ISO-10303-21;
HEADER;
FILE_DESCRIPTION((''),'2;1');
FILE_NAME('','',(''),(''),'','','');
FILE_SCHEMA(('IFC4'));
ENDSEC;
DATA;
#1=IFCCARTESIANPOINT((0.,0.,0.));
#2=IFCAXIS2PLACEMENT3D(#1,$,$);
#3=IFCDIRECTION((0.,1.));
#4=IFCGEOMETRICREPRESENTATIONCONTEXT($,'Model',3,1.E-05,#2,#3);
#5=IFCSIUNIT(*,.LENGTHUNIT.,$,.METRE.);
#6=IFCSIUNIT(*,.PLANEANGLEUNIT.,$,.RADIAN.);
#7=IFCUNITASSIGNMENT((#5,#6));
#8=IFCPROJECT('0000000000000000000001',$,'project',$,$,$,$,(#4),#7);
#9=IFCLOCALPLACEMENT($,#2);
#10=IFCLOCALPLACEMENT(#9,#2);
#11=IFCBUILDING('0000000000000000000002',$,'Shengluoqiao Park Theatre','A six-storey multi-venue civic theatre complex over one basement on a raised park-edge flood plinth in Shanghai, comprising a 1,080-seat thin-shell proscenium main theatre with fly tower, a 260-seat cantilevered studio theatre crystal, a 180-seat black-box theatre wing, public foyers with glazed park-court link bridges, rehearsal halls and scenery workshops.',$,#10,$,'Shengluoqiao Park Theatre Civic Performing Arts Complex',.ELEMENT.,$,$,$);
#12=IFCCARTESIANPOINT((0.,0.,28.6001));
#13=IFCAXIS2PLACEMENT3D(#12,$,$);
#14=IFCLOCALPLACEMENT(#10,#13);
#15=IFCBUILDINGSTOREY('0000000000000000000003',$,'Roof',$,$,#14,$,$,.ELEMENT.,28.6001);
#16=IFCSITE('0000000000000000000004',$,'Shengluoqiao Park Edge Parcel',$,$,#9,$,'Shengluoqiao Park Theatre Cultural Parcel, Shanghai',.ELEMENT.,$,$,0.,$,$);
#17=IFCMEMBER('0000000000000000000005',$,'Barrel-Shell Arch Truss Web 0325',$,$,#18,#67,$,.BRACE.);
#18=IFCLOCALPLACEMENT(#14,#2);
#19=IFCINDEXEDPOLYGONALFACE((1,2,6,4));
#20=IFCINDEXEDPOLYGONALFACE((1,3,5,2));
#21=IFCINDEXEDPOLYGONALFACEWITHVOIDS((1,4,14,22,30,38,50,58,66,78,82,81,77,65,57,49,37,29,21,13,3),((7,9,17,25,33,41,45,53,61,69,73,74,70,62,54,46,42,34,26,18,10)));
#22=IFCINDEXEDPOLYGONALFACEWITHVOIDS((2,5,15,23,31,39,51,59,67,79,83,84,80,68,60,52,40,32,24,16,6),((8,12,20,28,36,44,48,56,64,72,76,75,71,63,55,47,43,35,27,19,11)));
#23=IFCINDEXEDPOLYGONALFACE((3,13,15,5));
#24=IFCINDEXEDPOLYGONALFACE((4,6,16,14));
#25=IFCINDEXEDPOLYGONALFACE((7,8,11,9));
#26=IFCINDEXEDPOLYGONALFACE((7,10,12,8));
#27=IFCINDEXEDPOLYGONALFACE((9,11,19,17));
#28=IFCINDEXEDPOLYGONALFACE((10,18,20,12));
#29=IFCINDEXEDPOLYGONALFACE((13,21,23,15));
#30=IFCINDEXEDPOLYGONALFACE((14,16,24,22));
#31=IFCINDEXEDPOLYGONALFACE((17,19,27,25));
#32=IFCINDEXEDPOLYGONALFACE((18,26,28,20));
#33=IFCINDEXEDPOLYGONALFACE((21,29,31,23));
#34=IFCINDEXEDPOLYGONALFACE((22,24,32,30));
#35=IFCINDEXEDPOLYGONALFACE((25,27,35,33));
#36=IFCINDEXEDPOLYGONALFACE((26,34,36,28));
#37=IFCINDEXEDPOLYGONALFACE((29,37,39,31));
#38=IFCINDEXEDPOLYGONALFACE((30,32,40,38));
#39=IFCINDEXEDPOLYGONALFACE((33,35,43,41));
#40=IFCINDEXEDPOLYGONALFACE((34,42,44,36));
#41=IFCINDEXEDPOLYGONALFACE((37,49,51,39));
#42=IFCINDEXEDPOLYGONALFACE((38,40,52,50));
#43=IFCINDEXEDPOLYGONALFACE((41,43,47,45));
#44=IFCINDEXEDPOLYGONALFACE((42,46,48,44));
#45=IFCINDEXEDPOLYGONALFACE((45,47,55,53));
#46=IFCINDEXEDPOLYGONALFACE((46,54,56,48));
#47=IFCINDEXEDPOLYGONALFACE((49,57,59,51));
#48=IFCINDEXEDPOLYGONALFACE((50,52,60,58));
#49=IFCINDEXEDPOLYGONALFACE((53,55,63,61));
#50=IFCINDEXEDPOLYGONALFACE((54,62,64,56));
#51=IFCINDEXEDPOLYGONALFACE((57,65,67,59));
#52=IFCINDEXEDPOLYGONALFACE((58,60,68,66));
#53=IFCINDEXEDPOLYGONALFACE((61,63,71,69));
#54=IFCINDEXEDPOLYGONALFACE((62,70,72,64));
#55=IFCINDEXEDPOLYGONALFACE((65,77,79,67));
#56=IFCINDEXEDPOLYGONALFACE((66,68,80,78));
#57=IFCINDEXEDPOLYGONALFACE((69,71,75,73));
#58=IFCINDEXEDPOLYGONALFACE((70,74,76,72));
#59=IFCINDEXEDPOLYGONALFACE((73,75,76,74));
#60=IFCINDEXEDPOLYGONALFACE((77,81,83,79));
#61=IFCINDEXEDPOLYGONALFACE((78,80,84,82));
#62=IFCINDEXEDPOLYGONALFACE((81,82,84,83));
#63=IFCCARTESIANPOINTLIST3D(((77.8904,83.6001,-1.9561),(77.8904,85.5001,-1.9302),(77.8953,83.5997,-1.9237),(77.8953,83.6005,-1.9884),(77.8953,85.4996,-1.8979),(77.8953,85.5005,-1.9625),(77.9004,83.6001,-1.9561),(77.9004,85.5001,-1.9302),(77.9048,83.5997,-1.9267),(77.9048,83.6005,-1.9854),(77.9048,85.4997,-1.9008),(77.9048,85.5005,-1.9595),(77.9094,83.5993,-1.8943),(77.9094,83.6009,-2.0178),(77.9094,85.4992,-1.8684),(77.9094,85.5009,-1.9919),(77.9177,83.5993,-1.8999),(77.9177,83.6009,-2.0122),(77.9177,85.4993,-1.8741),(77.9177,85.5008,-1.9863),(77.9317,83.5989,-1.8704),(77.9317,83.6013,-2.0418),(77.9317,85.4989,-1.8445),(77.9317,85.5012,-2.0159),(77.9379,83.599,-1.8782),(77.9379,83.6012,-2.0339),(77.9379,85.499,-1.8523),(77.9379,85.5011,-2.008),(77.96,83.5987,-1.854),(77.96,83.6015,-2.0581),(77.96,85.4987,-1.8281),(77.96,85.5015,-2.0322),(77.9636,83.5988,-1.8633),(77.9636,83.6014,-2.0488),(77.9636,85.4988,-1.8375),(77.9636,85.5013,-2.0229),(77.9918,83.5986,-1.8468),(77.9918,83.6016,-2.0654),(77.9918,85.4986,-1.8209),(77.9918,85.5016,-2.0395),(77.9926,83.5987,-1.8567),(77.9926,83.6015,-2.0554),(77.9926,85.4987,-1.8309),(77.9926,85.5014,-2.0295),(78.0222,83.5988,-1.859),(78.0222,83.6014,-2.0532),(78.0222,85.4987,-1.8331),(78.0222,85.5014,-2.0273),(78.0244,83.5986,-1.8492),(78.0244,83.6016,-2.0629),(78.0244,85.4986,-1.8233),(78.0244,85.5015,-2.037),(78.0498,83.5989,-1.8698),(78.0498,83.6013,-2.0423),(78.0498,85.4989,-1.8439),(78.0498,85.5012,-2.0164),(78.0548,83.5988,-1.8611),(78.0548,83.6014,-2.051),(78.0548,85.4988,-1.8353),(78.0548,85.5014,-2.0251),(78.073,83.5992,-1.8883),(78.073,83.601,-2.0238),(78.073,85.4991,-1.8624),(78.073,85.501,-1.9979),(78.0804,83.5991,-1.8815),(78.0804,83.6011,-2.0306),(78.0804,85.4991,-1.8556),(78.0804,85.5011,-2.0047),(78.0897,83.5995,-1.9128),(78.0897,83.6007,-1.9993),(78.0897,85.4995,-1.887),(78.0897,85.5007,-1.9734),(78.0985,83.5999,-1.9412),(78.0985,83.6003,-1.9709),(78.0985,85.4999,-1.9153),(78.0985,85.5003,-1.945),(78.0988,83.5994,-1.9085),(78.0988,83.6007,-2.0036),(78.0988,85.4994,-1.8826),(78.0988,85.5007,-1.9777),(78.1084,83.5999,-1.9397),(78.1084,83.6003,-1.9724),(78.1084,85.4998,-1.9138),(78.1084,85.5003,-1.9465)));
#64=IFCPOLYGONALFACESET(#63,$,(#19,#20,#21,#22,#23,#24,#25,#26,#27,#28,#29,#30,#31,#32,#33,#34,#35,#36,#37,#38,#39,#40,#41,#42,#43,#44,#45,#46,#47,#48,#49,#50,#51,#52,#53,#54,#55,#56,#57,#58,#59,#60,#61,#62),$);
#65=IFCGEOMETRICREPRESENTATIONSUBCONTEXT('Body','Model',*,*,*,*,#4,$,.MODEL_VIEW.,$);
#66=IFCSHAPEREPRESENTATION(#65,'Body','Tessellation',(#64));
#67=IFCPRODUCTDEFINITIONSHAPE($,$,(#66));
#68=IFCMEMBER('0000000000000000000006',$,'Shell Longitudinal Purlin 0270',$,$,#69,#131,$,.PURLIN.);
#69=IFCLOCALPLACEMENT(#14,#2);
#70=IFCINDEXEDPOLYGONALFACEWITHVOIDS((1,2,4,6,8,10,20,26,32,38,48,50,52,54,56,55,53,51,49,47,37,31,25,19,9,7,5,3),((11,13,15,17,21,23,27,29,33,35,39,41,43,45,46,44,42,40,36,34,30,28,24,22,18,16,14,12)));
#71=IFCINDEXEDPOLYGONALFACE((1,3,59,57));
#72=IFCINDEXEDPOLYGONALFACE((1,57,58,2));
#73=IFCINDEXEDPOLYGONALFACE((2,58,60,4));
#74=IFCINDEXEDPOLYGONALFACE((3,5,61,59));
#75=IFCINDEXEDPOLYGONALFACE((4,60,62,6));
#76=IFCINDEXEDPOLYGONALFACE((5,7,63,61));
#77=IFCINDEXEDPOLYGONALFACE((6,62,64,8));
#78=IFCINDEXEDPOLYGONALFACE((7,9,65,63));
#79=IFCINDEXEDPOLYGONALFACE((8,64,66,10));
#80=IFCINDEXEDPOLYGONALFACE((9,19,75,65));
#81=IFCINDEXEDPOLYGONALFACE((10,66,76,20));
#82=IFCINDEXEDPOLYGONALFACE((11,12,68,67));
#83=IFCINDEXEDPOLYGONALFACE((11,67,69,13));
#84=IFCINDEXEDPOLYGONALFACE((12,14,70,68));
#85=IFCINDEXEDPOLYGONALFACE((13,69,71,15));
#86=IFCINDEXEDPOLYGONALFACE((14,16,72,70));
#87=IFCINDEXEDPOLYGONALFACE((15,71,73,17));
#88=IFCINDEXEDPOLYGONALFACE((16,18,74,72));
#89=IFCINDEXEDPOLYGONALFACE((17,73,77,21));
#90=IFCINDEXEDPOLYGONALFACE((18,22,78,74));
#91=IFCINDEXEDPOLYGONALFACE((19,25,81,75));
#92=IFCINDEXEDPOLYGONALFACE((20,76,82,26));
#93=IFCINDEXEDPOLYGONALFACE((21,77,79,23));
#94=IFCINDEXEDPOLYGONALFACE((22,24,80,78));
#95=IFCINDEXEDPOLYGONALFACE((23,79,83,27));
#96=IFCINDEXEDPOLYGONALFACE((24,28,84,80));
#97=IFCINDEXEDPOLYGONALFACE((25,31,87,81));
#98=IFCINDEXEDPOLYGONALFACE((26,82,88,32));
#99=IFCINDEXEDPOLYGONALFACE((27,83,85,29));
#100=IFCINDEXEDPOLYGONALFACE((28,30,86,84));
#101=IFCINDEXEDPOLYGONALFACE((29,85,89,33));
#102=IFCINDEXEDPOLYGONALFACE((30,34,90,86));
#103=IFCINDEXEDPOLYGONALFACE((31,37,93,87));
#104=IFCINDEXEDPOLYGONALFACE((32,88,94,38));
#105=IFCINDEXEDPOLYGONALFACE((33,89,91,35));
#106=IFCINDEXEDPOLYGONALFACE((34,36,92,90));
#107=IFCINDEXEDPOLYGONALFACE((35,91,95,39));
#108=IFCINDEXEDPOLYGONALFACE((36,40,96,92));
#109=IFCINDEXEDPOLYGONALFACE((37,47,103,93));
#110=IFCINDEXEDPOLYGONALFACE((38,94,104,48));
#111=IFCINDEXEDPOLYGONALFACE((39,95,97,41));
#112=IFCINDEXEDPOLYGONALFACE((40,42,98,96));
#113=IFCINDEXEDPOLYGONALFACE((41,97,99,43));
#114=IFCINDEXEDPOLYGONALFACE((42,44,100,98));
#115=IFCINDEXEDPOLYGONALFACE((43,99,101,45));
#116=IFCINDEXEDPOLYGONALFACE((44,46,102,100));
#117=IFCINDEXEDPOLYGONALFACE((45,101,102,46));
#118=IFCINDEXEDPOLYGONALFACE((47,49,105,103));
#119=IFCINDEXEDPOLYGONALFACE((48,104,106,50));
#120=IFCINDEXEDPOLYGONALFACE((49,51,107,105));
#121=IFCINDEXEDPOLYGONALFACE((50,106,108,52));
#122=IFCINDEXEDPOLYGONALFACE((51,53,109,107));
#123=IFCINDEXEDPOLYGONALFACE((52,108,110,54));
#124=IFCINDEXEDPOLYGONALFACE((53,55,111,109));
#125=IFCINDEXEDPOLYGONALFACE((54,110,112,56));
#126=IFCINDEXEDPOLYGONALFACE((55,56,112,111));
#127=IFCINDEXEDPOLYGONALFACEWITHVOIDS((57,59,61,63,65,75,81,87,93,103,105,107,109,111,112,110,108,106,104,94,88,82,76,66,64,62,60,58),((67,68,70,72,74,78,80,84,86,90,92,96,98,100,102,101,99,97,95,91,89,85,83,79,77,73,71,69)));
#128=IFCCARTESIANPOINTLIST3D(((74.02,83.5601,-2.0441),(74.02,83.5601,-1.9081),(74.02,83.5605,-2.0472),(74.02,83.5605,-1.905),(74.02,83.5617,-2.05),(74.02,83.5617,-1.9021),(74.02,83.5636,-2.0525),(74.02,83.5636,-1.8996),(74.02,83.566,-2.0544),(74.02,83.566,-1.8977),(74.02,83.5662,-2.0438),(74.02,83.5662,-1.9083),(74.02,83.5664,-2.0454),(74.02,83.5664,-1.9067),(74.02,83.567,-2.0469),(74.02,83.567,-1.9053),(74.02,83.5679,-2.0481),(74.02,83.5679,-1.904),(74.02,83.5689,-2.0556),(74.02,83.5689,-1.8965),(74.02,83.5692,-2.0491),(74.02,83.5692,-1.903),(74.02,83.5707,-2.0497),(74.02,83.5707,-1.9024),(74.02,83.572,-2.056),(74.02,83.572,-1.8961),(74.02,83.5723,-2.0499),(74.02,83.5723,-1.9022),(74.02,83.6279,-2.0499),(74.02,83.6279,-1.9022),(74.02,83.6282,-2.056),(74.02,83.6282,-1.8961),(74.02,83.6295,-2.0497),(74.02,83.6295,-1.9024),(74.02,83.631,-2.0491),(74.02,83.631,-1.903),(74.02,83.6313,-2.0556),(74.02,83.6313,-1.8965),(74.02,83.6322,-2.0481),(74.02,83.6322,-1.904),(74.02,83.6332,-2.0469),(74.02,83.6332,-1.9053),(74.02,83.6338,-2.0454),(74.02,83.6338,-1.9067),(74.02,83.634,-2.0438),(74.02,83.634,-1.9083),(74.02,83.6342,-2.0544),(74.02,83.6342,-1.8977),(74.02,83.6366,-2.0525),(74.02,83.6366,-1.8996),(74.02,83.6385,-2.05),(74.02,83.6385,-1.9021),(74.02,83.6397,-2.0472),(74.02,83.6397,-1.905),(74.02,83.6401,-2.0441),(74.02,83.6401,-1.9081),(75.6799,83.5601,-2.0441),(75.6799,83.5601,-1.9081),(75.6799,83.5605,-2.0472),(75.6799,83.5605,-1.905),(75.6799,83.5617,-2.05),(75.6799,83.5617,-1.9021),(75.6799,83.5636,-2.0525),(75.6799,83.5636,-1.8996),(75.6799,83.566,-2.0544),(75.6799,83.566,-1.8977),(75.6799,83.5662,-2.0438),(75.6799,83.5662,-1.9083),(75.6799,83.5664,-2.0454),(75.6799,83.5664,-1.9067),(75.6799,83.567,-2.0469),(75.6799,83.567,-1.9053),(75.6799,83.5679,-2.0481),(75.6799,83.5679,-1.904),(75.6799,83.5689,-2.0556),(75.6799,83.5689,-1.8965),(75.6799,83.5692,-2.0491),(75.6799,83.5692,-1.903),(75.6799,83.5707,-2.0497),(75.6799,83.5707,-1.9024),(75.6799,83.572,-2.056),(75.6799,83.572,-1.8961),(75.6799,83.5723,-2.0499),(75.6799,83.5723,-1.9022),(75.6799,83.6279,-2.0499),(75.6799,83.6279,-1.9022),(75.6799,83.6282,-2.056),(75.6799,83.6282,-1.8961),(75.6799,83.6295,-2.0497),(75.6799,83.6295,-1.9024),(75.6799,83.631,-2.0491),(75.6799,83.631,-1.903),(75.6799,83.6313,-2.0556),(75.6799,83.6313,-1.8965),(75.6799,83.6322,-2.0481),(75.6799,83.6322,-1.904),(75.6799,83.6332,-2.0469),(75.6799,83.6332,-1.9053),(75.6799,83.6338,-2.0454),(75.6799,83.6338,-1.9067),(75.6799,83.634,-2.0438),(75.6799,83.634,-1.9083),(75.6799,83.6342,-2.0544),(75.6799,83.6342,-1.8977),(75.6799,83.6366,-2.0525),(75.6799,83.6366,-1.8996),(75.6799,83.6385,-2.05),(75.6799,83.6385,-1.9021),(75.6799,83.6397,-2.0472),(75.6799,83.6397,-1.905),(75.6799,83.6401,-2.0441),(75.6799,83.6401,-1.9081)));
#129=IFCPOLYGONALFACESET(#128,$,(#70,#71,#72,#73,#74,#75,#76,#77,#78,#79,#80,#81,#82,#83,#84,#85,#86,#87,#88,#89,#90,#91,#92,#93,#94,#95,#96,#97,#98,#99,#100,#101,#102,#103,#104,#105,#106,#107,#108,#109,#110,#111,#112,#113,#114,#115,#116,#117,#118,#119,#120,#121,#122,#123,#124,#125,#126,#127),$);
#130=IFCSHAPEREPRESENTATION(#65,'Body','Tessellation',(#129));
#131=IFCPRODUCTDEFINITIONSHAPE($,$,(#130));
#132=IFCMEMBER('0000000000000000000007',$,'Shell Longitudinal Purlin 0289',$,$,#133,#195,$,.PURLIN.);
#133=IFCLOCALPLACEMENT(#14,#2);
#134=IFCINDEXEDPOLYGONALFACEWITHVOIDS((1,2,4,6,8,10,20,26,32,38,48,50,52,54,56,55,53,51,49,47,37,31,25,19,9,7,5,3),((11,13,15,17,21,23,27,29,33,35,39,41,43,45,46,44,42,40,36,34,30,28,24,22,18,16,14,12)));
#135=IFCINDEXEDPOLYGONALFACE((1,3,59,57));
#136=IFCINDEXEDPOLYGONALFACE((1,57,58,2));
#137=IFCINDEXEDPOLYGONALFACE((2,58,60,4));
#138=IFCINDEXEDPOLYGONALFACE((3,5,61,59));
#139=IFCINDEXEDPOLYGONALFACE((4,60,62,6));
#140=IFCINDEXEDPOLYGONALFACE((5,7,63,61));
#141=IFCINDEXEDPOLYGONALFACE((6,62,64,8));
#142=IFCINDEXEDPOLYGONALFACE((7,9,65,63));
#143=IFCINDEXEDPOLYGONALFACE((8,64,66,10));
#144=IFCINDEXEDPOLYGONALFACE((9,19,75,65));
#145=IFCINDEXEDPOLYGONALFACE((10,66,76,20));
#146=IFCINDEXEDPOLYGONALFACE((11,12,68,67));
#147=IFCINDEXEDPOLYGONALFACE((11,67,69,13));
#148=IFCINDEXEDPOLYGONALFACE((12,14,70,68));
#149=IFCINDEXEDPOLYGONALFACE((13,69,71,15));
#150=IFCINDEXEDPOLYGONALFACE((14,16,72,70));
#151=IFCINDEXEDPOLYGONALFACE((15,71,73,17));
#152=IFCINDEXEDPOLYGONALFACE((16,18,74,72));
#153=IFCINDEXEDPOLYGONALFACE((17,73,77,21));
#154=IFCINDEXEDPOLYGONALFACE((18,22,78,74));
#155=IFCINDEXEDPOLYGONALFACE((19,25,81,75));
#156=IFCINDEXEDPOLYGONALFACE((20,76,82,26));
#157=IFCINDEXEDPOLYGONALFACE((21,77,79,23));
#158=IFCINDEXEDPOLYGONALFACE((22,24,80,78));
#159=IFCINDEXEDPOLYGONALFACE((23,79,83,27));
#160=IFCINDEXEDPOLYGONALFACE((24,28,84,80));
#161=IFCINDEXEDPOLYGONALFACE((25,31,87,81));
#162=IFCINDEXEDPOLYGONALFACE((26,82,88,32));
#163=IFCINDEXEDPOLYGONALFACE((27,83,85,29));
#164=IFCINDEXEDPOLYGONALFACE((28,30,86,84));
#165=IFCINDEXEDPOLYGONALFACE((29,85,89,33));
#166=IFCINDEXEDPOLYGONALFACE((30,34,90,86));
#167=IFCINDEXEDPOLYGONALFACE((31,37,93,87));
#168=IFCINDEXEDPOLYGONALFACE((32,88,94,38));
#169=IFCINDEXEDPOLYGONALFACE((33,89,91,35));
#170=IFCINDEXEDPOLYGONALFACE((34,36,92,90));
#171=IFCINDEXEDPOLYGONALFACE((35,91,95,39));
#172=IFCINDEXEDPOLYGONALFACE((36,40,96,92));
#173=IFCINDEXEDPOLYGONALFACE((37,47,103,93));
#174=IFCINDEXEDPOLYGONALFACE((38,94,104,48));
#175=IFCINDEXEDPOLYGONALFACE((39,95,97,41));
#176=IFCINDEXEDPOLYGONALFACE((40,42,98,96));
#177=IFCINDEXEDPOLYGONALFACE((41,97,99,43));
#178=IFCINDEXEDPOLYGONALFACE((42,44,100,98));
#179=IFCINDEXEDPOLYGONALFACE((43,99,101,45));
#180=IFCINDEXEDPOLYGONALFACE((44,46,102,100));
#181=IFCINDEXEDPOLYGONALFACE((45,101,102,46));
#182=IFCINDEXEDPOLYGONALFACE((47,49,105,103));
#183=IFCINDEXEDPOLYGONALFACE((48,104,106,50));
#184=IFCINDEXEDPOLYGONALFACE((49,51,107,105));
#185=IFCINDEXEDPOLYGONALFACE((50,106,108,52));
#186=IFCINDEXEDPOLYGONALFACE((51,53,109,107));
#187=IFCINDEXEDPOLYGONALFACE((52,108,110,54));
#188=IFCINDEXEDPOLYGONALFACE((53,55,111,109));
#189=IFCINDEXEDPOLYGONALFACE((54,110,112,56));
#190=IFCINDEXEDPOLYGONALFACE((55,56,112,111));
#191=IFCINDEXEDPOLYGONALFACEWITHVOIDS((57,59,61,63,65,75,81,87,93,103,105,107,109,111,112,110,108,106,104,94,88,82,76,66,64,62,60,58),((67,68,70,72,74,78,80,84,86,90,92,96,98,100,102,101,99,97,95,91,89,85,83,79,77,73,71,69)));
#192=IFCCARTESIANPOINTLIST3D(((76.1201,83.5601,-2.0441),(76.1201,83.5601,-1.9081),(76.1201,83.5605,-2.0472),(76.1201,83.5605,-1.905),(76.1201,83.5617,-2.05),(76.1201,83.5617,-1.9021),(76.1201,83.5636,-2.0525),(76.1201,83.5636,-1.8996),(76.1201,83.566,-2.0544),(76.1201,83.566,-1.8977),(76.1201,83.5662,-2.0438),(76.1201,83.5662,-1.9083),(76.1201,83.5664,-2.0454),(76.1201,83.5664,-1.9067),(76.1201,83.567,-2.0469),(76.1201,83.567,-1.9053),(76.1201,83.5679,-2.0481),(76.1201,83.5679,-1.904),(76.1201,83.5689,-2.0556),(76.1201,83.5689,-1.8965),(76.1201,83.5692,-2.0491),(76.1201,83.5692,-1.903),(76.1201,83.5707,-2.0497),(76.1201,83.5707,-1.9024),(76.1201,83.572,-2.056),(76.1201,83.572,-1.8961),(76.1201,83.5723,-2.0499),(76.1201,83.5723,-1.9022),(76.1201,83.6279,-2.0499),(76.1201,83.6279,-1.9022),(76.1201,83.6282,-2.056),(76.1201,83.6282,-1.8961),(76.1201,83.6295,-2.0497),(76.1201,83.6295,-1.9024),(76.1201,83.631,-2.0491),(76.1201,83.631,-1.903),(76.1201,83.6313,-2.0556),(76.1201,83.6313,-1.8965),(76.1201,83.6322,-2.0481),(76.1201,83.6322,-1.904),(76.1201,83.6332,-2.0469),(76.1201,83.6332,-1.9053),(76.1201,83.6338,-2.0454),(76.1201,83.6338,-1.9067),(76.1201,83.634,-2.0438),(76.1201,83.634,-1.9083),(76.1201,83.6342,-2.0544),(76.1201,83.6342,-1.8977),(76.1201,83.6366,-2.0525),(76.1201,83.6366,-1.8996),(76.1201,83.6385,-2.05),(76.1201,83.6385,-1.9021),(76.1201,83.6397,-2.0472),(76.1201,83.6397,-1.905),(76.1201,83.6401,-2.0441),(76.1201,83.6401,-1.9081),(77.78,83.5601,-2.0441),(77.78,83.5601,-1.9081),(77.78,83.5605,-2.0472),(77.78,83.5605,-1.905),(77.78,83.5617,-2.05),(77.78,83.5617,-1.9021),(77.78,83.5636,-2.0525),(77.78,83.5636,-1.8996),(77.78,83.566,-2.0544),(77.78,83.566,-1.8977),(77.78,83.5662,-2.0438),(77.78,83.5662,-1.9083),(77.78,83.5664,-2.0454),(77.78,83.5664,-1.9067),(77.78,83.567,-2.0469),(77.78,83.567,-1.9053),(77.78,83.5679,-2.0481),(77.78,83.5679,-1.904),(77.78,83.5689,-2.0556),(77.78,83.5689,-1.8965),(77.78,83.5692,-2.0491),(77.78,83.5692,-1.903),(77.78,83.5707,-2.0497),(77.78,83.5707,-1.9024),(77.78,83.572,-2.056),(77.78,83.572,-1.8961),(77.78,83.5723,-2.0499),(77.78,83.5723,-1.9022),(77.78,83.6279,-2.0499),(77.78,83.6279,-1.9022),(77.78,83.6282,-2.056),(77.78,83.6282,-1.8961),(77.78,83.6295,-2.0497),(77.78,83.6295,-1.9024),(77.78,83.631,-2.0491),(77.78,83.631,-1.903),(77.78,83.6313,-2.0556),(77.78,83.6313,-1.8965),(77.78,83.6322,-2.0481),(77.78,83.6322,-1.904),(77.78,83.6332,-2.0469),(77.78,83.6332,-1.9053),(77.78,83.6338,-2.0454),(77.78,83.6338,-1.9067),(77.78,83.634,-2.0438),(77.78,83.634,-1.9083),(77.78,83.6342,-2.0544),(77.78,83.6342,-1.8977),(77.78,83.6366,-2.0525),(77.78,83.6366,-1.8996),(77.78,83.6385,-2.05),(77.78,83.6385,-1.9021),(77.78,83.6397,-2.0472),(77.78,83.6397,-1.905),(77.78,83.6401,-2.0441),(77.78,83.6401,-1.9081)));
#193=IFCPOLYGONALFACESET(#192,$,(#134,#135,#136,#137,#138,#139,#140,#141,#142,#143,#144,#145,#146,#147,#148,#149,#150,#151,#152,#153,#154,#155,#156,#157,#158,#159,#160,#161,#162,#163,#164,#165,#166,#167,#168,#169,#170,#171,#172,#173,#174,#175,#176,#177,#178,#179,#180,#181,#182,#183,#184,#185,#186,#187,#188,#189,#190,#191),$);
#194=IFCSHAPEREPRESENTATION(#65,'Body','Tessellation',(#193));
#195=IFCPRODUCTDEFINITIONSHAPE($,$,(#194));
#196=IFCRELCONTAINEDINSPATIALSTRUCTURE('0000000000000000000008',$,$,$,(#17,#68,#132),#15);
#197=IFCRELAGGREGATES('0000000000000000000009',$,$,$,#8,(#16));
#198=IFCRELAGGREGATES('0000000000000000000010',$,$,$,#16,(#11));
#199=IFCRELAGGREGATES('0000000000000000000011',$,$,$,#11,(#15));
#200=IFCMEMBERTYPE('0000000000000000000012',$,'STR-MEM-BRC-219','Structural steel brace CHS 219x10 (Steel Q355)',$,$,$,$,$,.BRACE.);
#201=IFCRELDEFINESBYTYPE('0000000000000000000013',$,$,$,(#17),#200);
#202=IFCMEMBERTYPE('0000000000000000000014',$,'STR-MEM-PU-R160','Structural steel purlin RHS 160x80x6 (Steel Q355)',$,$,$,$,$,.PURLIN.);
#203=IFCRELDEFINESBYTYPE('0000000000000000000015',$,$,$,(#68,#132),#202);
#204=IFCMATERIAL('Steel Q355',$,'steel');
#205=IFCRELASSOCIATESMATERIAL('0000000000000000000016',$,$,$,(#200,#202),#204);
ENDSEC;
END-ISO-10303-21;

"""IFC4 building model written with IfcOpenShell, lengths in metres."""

from ifc_helpers import new_model, si_unit, direction, frame, origin, origin_2d, place, context, subcontext, project, spatial, hollow_rectangle, hollow_circle, extrude, material, material_profile, profile_set, type_object, element, save


model = new_model("IFC4")

# Units and contexts
model_context = context("Model", 3, precision=1e-05, world=origin(), true_north=direction((0.0, 1.0)))
body_context = subcontext(model_context, "Body", "Model", "MODEL_VIEW")
ifc_project = project(units=[si_unit("LENGTHUNIT", "METRE"), si_unit("PLANEANGLEUNIT", "RADIAN")], contexts=[model_context])

# Site, building, storey
site_placement = place(None, origin())
site = spatial("IfcSite", under=ifc_project, at=site_placement, Name="Shengluoqiao Park Edge Parcel", LongName="Shengluoqiao Park Theatre Cultural Parcel, Shanghai", CompositionType="ELEMENT", RefElevation=0.0)
building_placement = place(site_placement, origin())
building = spatial("IfcBuilding", under=site, at=building_placement, Name="Shengluoqiao Park Theatre", Description="A six-storey multi-venue civic theatre complex over one basement on a raised park-edge flood plinth in Shanghai, comprising a 1,080-seat thin-shell proscenium main theatre with fly tower, a 260-seat cantilevered studio theatre crystal, a 180-seat black-box theatre wing, public foyers with glazed park-court link bridges, rehearsal halls and scenery workshops.", LongName="Shengluoqiao Park Theatre Civic Performing Arts Complex", CompositionType="ELEMENT")
storey_placement = place(building_placement, frame((0.0, 0.0, 28.6001)))
storey = spatial("IfcBuildingStorey", under=building, at=storey_placement, Name="Roof", CompositionType="ELEMENT", Elevation=28.6001)

# Shared definitions
ifc_material_1 = material(Name="Steel Q355", Category="steel")

# Members
ifc_material_profile_1 = material_profile(ifc_material_1, hollow_circle(Radius=0.1096, WallThickness=0.01, at=origin_2d()), Name="CHS 219x10")
ifc_profile_set_1 = profile_set([ifc_material_profile_1], Name="Steel Q355")
member_type_1 = type_object("IfcMemberType", Name="STR-MEM-BRC-219", Description="Structural steel brace CHS 219x10 (Steel Q355)", PredefinedType="BRACE", material=ifc_profile_set_1)
for number, where, z_axis, x_axis, name in (
    (1, (78.0, 83.6001, -1.9561), (0.0, 0.999907, 0.01362), (-1.0, 0.0, 0.0), "Barrel-Shell Arch Truss Web 0325"),
):
    element("IfcMember", number, at=place(storey_placement, frame(where, z_axis=z_axis, x_axis=x_axis)), inside=storey, type_object=member_type_1, Name=name, PredefinedType="BRACE", context=body_context, shape_type="SweptSolid", body=[
        extrude(hollow_circle(Radius=0.1096, WallThickness=0.01, at=origin_2d()), origin(), (0.0, 0.0, 1.0), 1.9001),
    ])
ifc_material_profile_2 = material_profile(ifc_material_1, hollow_rectangle(XDim=0.0801, YDim=0.1599, WallThickness=0.0061, InnerFilletRadius=0.0061, OuterFilletRadius=0.012, at=origin_2d()), Name="RHS 160x80x6")
ifc_profile_set_2 = profile_set([ifc_material_profile_2], Name="Steel Q355")
member_type_2 = type_object("IfcMemberType", Name="STR-MEM-PU-R160", Description="Structural steel purlin RHS 160x80x6 (Steel Q355)", PredefinedType="PURLIN", material=ifc_profile_set_2)
for number, where, z_axis, x_axis, name in (
    (2, (74.02, 83.6001, -1.9761), (1.0, 0.0, 0.0), (0.0, 1.0, 0.0), "Shell Longitudinal Purlin 0270"),
    (3, (76.1201, 83.6001, -1.9761), (1.0, 0.0, 0.0), (0.0, 1.0, 0.0), "Shell Longitudinal Purlin 0289"),
):
    element("IfcMember", number, at=place(storey_placement, frame(where, z_axis=z_axis, x_axis=x_axis)), inside=storey, type_object=member_type_2, Name=name, PredefinedType="PURLIN", context=body_context, shape_type="SweptSolid", body=[
        extrude(hollow_rectangle(XDim=0.0801, YDim=0.1599, WallThickness=0.0061, InnerFilletRadius=0.0061, OuterFilletRadius=0.012, at=origin_2d()), origin(), (0.0, 0.0, 1.0), 1.6599),
    ])

save(model, "model.ifc")
